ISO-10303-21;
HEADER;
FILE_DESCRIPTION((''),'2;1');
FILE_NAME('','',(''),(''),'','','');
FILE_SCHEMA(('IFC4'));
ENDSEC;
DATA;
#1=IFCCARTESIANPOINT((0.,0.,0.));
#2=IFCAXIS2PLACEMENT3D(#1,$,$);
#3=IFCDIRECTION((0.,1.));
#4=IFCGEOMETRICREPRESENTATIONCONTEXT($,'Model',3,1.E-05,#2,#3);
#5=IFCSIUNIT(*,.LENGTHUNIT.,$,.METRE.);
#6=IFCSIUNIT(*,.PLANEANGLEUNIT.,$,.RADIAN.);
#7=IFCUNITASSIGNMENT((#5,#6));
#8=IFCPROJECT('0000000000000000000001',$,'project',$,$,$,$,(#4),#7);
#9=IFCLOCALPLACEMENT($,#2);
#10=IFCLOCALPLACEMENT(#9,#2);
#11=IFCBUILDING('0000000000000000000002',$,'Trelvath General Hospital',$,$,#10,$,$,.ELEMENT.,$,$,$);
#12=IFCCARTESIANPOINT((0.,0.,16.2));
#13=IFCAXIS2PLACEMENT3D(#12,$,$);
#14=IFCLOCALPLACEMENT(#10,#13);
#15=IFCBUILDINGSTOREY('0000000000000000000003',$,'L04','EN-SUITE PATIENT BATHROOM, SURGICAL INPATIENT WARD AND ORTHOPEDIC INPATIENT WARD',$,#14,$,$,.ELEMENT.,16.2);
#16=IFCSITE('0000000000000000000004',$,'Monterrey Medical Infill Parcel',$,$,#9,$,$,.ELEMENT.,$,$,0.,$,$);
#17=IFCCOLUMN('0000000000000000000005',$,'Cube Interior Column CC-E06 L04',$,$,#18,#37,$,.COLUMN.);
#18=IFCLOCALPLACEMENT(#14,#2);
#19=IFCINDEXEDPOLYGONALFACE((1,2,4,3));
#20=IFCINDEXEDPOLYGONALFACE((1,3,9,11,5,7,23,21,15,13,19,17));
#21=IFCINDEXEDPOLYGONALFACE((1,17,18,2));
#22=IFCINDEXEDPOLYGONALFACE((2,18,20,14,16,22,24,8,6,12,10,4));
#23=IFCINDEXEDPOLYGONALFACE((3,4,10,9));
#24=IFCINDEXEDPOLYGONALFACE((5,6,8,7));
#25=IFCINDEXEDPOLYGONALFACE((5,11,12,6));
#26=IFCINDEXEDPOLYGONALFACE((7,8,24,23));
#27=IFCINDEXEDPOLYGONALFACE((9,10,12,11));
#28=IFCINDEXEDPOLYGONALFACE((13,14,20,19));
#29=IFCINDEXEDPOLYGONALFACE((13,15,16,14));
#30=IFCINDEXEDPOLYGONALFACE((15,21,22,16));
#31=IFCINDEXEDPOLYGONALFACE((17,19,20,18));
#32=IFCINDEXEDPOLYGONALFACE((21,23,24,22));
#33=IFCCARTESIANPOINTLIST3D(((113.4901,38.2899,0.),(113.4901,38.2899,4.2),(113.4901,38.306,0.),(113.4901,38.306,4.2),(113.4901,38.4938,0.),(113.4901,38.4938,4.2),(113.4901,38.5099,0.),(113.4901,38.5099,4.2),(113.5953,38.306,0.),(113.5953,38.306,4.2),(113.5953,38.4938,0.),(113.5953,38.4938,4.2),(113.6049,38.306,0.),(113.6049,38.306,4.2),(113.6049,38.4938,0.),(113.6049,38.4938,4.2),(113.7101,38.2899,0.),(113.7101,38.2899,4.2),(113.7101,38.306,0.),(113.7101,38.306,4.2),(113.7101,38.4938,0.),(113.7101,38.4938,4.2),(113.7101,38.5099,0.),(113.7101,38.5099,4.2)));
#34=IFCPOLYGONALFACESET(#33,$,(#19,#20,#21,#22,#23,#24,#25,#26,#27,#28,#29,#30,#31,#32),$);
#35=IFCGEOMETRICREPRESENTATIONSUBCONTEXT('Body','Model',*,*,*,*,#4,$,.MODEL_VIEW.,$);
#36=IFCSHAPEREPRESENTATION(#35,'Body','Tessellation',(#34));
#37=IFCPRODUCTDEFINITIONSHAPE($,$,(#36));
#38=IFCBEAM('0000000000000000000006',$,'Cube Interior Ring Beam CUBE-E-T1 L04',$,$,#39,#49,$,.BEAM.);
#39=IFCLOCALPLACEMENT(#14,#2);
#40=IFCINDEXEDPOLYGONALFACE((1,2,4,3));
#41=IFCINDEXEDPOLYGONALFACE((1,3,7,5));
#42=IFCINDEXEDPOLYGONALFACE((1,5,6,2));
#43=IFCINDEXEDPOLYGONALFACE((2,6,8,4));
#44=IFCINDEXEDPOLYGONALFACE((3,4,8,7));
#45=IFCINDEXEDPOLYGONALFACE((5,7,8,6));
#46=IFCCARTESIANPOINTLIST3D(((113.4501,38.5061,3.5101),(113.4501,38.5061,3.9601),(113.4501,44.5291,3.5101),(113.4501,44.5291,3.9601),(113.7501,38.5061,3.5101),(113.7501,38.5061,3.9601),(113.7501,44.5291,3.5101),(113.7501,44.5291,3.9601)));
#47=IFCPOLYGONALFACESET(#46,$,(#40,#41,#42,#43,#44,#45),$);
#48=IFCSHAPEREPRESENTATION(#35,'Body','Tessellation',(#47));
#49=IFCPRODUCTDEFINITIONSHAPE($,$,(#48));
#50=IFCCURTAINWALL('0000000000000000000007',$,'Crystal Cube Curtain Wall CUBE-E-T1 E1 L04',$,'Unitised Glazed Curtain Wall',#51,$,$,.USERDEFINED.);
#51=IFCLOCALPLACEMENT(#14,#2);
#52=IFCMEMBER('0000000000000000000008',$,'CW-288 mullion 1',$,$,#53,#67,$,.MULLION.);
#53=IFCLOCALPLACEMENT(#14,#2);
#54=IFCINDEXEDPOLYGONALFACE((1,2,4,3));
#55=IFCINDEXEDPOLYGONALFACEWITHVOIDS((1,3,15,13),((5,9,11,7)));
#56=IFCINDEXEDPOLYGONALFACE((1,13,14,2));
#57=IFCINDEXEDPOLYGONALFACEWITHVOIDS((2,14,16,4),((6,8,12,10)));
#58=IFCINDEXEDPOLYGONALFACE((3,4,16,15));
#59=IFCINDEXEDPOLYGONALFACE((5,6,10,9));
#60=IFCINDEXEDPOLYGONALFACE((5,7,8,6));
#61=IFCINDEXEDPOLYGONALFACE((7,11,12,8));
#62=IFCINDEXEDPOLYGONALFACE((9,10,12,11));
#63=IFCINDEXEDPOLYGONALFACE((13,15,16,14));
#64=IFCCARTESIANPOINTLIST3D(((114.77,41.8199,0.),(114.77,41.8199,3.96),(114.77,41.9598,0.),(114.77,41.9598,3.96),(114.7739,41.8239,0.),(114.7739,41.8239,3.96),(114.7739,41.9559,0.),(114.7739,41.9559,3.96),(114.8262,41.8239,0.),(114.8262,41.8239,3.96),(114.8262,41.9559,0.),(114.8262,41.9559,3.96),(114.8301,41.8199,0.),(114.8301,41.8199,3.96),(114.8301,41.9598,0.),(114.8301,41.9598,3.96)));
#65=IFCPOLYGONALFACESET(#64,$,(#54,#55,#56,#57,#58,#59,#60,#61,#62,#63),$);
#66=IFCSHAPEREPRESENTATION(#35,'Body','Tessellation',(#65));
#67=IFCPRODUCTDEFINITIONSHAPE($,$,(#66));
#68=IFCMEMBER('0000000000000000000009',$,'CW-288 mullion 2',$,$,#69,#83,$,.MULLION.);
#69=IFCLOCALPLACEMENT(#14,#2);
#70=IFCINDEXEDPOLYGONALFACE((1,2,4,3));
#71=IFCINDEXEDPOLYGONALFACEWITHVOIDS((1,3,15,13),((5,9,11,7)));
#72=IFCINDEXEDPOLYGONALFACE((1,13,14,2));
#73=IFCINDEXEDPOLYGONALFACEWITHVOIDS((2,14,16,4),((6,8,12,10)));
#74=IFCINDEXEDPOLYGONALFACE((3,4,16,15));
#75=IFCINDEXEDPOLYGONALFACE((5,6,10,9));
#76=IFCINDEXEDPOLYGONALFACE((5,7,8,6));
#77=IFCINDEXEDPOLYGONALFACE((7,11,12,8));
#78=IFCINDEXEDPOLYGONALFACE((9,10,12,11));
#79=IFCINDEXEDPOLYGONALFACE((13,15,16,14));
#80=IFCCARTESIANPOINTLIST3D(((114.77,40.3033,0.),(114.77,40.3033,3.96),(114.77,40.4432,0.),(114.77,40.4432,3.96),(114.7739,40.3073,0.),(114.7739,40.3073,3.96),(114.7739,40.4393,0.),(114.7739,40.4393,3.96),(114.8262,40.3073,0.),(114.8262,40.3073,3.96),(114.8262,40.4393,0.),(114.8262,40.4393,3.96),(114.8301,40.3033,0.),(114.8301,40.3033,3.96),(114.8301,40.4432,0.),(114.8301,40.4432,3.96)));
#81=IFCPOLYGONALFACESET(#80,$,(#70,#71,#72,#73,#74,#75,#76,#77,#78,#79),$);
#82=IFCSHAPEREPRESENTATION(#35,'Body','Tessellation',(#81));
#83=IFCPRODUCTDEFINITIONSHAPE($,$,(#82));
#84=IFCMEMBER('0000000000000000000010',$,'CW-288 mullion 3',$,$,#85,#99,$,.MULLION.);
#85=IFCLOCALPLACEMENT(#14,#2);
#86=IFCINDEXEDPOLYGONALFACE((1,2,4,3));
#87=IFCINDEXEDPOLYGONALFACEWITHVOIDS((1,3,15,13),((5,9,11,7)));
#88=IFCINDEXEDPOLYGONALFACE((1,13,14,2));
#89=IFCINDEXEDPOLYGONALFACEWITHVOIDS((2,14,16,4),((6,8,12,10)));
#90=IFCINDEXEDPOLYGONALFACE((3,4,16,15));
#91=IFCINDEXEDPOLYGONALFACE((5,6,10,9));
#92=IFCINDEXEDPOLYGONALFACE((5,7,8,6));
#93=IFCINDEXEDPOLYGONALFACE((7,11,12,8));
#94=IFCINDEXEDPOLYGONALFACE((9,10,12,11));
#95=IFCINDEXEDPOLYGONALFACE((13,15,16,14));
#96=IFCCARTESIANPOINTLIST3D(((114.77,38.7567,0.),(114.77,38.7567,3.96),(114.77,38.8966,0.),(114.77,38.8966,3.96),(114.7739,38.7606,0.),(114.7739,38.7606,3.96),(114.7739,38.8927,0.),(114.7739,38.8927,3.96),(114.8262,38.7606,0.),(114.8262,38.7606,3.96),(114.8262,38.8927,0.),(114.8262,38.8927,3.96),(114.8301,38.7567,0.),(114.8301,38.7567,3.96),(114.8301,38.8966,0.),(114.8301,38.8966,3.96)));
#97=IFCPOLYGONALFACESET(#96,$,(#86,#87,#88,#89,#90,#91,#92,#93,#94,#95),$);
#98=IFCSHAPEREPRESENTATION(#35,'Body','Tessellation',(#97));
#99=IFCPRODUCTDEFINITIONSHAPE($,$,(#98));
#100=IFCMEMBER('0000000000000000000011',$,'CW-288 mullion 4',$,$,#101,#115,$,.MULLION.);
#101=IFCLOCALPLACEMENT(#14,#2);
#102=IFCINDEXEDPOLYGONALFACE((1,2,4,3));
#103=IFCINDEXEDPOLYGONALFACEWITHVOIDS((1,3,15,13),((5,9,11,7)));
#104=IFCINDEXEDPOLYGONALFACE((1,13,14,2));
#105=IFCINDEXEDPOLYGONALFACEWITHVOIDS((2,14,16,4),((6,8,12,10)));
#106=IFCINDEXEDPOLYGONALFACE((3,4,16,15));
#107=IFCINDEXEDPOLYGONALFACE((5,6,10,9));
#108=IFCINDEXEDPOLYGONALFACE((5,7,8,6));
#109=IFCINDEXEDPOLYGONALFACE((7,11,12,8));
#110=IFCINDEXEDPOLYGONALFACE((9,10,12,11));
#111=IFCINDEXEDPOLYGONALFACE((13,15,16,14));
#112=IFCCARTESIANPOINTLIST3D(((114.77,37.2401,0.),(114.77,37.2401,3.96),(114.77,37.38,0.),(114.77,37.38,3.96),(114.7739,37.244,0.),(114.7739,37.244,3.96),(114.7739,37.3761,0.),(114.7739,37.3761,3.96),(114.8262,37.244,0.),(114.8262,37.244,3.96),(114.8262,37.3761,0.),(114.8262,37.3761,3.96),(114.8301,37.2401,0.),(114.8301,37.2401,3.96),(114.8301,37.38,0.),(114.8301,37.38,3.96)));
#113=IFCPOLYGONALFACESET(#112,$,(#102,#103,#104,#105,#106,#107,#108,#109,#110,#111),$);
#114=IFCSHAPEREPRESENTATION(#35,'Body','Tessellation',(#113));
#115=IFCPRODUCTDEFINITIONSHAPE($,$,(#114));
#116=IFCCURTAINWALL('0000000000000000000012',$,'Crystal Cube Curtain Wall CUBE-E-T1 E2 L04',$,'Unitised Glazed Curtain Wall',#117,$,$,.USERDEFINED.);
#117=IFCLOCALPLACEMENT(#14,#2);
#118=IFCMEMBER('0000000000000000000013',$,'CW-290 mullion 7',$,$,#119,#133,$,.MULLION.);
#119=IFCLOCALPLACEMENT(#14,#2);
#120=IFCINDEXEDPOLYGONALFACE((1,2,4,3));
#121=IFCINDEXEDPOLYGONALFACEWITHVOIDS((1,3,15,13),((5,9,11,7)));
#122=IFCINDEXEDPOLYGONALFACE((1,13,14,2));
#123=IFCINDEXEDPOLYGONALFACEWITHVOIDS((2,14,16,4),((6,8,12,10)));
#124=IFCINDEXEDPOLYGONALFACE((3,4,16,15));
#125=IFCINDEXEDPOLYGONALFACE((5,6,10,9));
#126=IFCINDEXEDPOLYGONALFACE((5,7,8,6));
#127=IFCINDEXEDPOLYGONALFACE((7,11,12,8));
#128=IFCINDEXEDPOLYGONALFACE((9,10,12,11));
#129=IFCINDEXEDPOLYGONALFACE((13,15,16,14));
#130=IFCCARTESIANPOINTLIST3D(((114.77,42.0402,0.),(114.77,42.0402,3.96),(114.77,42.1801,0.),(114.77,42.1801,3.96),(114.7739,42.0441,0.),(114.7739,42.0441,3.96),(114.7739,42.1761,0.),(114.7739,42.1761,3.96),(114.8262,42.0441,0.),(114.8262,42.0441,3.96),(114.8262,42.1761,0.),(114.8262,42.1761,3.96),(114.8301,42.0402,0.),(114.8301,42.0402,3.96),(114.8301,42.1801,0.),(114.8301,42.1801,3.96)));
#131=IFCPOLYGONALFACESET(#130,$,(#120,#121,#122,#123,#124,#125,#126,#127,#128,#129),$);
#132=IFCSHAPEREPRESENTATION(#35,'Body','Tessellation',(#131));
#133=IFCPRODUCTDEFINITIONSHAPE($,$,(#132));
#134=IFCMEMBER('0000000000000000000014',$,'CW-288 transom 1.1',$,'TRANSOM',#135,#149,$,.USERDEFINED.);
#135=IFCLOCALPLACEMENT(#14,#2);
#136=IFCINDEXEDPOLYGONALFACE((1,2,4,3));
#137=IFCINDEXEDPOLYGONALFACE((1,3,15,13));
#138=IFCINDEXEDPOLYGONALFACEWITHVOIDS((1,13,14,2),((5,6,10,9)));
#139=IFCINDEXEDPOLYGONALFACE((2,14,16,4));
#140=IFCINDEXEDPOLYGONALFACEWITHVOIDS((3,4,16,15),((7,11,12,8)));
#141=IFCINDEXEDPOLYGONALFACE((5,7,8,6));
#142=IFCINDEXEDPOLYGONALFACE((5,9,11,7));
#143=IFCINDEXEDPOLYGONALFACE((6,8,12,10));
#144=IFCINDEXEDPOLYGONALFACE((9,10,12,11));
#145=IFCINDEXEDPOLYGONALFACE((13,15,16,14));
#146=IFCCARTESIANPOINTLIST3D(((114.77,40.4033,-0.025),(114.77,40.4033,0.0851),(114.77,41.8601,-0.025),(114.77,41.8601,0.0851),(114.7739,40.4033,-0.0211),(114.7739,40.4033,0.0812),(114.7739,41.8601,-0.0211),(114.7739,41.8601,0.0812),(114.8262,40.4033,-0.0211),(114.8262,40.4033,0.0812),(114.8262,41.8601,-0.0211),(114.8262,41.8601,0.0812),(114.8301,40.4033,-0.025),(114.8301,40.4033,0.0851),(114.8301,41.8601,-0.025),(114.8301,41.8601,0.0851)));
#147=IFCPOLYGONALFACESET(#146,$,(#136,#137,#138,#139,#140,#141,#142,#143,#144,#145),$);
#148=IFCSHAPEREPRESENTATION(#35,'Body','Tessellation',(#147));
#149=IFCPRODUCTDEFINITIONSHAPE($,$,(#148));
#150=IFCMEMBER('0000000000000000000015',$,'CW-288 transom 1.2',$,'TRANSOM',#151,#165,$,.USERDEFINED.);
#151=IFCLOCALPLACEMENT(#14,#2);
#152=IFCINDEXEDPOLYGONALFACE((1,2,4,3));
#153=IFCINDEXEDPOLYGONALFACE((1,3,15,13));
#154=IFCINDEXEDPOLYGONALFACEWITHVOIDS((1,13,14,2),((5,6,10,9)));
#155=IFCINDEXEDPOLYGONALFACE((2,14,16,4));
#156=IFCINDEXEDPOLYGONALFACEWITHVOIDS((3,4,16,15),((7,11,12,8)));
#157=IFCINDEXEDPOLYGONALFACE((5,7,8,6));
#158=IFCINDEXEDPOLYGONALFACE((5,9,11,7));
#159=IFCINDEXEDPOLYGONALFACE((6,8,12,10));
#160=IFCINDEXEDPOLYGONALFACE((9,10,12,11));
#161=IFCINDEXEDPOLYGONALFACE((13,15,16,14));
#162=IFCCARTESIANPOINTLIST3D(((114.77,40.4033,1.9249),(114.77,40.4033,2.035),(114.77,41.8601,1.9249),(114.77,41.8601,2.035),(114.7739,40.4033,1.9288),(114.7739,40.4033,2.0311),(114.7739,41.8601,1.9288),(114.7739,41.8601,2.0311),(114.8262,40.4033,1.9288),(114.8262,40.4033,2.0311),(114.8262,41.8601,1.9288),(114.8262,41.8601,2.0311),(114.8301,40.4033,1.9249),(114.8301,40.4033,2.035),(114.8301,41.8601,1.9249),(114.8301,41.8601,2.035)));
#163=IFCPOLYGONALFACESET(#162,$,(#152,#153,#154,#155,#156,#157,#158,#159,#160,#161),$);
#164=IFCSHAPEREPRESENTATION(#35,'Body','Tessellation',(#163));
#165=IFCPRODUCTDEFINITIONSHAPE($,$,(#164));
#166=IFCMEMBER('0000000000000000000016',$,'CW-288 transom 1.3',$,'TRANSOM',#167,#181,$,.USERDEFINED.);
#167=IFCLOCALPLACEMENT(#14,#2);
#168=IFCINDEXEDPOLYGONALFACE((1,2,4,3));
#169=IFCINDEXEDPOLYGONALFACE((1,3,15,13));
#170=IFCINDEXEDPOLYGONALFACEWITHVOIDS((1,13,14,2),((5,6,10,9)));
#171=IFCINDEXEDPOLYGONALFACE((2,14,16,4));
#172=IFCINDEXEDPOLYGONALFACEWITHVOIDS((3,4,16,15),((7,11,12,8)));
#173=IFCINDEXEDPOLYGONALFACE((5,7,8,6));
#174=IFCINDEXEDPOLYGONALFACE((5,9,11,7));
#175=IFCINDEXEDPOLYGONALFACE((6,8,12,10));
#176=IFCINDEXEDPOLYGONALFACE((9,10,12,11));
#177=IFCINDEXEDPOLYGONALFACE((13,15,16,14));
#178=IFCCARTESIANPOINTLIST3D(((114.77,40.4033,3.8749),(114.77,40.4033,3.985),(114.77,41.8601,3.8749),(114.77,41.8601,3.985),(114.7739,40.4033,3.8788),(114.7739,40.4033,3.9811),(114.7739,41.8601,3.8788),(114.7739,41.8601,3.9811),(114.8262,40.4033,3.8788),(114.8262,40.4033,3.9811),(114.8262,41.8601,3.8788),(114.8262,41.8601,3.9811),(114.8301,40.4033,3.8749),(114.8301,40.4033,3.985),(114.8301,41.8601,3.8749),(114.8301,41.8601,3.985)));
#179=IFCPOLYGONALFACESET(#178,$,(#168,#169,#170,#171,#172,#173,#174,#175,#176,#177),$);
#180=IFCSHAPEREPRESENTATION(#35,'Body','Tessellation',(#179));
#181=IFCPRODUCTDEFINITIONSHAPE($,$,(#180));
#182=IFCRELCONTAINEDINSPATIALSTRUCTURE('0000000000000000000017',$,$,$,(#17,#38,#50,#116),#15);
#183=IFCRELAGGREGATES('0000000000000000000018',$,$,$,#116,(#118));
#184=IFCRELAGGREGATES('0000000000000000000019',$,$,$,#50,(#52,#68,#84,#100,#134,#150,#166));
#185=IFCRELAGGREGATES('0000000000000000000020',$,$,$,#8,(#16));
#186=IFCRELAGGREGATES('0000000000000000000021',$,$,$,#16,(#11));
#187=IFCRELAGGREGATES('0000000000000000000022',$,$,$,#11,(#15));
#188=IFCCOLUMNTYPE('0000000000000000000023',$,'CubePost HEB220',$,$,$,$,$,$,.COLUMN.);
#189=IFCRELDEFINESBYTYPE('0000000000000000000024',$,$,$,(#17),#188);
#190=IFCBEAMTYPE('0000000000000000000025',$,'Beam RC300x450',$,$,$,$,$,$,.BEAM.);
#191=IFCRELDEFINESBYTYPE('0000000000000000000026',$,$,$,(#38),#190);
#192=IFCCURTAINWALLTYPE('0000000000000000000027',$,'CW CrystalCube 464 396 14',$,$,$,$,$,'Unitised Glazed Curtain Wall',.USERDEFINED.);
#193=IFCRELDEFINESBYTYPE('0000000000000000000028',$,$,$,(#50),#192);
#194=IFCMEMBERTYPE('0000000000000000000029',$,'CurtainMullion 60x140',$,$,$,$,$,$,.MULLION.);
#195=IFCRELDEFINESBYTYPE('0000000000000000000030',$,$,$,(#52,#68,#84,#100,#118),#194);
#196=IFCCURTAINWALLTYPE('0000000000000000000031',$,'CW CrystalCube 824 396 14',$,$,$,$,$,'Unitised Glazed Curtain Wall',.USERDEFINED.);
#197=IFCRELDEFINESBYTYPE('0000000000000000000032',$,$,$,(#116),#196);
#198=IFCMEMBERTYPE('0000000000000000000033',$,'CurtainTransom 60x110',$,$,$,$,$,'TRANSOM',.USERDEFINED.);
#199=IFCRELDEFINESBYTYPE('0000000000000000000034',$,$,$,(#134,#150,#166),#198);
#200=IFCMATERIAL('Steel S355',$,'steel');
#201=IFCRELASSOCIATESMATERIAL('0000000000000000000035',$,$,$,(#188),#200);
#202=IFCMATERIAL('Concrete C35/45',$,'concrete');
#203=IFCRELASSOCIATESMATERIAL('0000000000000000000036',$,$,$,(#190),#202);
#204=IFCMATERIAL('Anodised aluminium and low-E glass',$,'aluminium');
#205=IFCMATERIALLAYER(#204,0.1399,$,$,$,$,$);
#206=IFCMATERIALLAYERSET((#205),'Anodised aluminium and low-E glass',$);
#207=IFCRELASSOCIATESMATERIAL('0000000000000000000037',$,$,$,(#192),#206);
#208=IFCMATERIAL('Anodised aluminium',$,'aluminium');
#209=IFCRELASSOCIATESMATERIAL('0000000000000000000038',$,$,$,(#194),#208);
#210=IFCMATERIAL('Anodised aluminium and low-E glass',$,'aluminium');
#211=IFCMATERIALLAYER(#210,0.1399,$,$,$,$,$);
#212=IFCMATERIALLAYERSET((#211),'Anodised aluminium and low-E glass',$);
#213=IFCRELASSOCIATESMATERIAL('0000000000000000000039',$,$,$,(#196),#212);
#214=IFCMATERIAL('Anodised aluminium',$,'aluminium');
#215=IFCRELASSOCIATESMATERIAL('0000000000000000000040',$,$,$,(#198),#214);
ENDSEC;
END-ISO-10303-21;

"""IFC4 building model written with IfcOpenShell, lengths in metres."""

from ifc_helpers import new_model, si_unit, direction, frame, origin, origin_2d, place, context, subcontext, project, spatial, rectangle, hollow_rectangle, i_section, extrude, material, layer, layer_set, material_profile, profile_set, type_object, element, aggregate, save


model = new_model("IFC4")

# Units and contexts
model_context = context("Model", 3, precision=1e-05, world=origin(), true_north=direction((0.0, 1.0)))
body_context = subcontext(model_context, "Body", "Model", "MODEL_VIEW")
ifc_project = project(units=[si_unit("LENGTHUNIT", "METRE"), si_unit("PLANEANGLEUNIT", "RADIAN")], contexts=[model_context])

# Site, building, storey
site_placement = place(None, origin())
site = spatial("IfcSite", under=ifc_project, at=site_placement, Name="Monterrey Medical Infill Parcel", CompositionType="ELEMENT", RefElevation=0.0)
building_placement = place(site_placement, origin())
building = spatial("IfcBuilding", under=site, at=building_placement, Name="Trelvath General Hospital", CompositionType="ELEMENT")
storey_placement = place(building_placement, frame((0.0, 0.0, 16.2)))
storey = spatial("IfcBuildingStorey", under=building, at=storey_placement, Name="L04", Description="EN-SUITE PATIENT BATHROOM, SURGICAL INPATIENT WARD AND ORTHOPEDIC INPATIENT WARD", CompositionType="ELEMENT", Elevation=16.2)

# Column
ifc_material_1 = material(Name="Steel S355", Category="steel")
ifc_material_profile_1 = material_profile(ifc_material_1, i_section(OverallWidth=0.22, OverallDepth=0.22, WebThickness=0.0095, FlangeThickness=0.0161, at=origin_2d()), Name="HEB220")
ifc_profile_set_1 = profile_set([ifc_material_profile_1], Name="Steel S355")
column_type = type_object("IfcColumnType", Name="CubePost HEB220", PredefinedType="COLUMN", material=ifc_profile_set_1)
column_placement = place(storey_placement, frame((113.6001, 38.3999, 0.0), z_axis=(0.0, 0.0, 1.0), x_axis=(1.0, 0.0, 0.0)))
element("IfcColumn", 1, at=column_placement, inside=storey, type_object=column_type, Name="Cube Interior Column CC-E06 L04", PredefinedType="COLUMN", context=body_context, shape_type="SweptSolid", body=[
    extrude(i_section(OverallWidth=0.22, OverallDepth=0.22, WebThickness=0.0095, FlangeThickness=0.0161, at=origin_2d()), origin(), (0.0, 0.0, 1.0), 4.2),
])

# Beam
ifc_material_2 = material(Name="Concrete C35/45", Category="concrete")
ifc_material_profile_2 = material_profile(ifc_material_2, rectangle(XDim=0.3, YDim=0.45, at=origin_2d()), Name="RCB300x450")
ifc_profile_set_2 = profile_set([ifc_material_profile_2], Name="Concrete C35/45")
beam_type = type_object("IfcBeamType", Name="Beam RC300x450", PredefinedType="BEAM", material=ifc_profile_set_2)
beam_placement = place(storey_placement, frame((113.6001, 38.5061, 3.7351), z_axis=(0.0, 1.0, 0.0), x_axis=(-1.0, 0.0, 0.0)))
element("IfcBeam", 2, at=beam_placement, inside=storey, type_object=beam_type, Name="Cube Interior Ring Beam CUBE-E-T1 L04", PredefinedType="BEAM", context=body_context, shape_type="SweptSolid", body=[
    extrude(rectangle(XDim=0.3, YDim=0.45, at=origin_2d()), origin(), (0.0, 0.0, 1.0), 6.0229),
])

# Curtain wall, members
ifc_material_3 = material(Name="Anodised aluminium and low-E glass", Category="aluminium")
ifc_layer_1 = layer(ifc_material_3, 0.1399)
ifc_layer_set_1 = layer_set([ifc_layer_1], Name="Anodised aluminium and low-E glass")
curtain_wall_type_1 = type_object("IfcCurtainWallType", Name="CW CrystalCube 464 396 14", ElementType="Unitised Glazed Curtain Wall", PredefinedType="USERDEFINED", material=ifc_layer_set_1)
curtain_wall_1_placement = place(storey_placement, origin())
curtain_wall_1 = element("IfcCurtainWall", 3, at=curtain_wall_1_placement, inside=storey, type_object=curtain_wall_type_1, Name="Crystal Cube Curtain Wall CUBE-E-T1 E1 L04", ObjectType="Unitised Glazed Curtain Wall", PredefinedType="USERDEFINED")
ifc_material_4 = material(Name="Anodised aluminium", Category="aluminium")
ifc_material_profile_3 = material_profile(ifc_material_4, hollow_rectangle(XDim=0.0601, YDim=0.1399, WallThickness=0.0039, at=origin_2d()), Name="RHS60x140x4")
ifc_profile_set_3 = profile_set([ifc_material_profile_3], Name="Anodised aluminium")
member_type_1 = type_object("IfcMemberType", Name="CurtainMullion 60x140", PredefinedType="MULLION", material=ifc_profile_set_3)
member_1_placement = place(storey_placement, frame((114.8, 41.8899, 0.0), z_axis=(0.0, 0.0, 1.0), x_axis=(1.0, 0.0, 0.0)))
member_1 = element("IfcMember", 4, at=member_1_placement, type_object=member_type_1, Name="CW-288 mullion 1", PredefinedType="MULLION", context=body_context, shape_type="SweptSolid", body=[
    extrude(hollow_rectangle(XDim=0.0601, YDim=0.1399, WallThickness=0.0039, at=origin_2d()), origin(), (0.0, 0.0, 1.0), 3.96),
])
member_2_placement = place(storey_placement, frame((114.8, 40.3733, 0.0), z_axis=(0.0, 0.0, 1.0), x_axis=(1.0, 0.0, 0.0)))
member_2 = element("IfcMember", 5, at=member_2_placement, type_object=member_type_1, Name="CW-288 mullion 2", PredefinedType="MULLION", context=body_context, shape_type="SweptSolid", body=[
    extrude(hollow_rectangle(XDim=0.0601, YDim=0.1399, WallThickness=0.0039, at=origin_2d()), origin(), (0.0, 0.0, 1.0), 3.96),
])
member_3_placement = place(storey_placement, frame((114.8, 38.8267, 0.0), z_axis=(0.0, 0.0, 1.0), x_axis=(1.0, 0.0, 0.0)))
member_3 = element("IfcMember", 6, at=member_3_placement, type_object=member_type_1, Name="CW-288 mullion 3", PredefinedType="MULLION", context=body_context, shape_type="SweptSolid", body=[
    extrude(hollow_rectangle(XDim=0.0601, YDim=0.1399, WallThickness=0.0039, at=origin_2d()), origin(), (0.0, 0.0, 1.0), 3.96),
])
member_4_placement = place(storey_placement, frame((114.8, 37.3101, 0.0), z_axis=(0.0, 0.0, 1.0), x_axis=(1.0, 0.0, 0.0)))
member_4 = element("IfcMember", 7, at=member_4_placement, type_object=member_type_1, Name="CW-288 mullion 4", PredefinedType="MULLION", context=body_context, shape_type="SweptSolid", body=[
    extrude(hollow_rectangle(XDim=0.0601, YDim=0.1399, WallThickness=0.0039, at=origin_2d()), origin(), (0.0, 0.0, 1.0), 3.96),
])

# Curtain wall, member
ifc_material_5 = material(Name="Anodised aluminium and low-E glass", Category="aluminium")
ifc_layer_2 = layer(ifc_material_5, 0.1399)
ifc_layer_set_2 = layer_set([ifc_layer_2], Name="Anodised aluminium and low-E glass")
curtain_wall_type_2 = type_object("IfcCurtainWallType", Name="CW CrystalCube 824 396 14", ElementType="Unitised Glazed Curtain Wall", PredefinedType="USERDEFINED", material=ifc_layer_set_2)
curtain_wall_2_placement = place(storey_placement, origin())
curtain_wall_2 = element("IfcCurtainWall", 8, at=curtain_wall_2_placement, inside=storey, type_object=curtain_wall_type_2, Name="Crystal Cube Curtain Wall CUBE-E-T1 E2 L04", ObjectType="Unitised Glazed Curtain Wall", PredefinedType="USERDEFINED")
member_5_placement = place(storey_placement, frame((114.8, 42.1101, 0.0), z_axis=(0.0, 0.0, 1.0), x_axis=(1.0, 0.0, 0.0)))
member_5 = element("IfcMember", 9, at=member_5_placement, type_object=member_type_1, Name="CW-290 mullion 7", PredefinedType="MULLION", context=body_context, shape_type="SweptSolid", body=[
    extrude(hollow_rectangle(XDim=0.0601, YDim=0.1399, WallThickness=0.0039, at=origin_2d()), origin(), (0.0, 0.0, 1.0), 3.96),
])
aggregate(curtain_wall_2, [member_5])

# Members
ifc_material_6 = material(Name="Anodised aluminium", Category="aluminium")
ifc_material_profile_4 = material_profile(ifc_material_6, hollow_rectangle(XDim=0.0601, YDim=0.1101, WallThickness=0.0039, at=origin_2d()), Name="RHS60x110x4")
ifc_profile_set_4 = profile_set([ifc_material_profile_4], Name="Anodised aluminium")
member_type_2 = type_object("IfcMemberType", Name="CurtainTransom 60x110", ElementType="TRANSOM", PredefinedType="USERDEFINED", material=ifc_profile_set_4)
member_6_placement = place(storey_placement, frame((114.8, 41.8601, 0.03), z_axis=(0.0, -1.0, 0.0), x_axis=(1.0, 0.0, 0.0)))
member_6 = element("IfcMember", 10, at=member_6_placement, type_object=member_type_2, Name="CW-288 transom 1.1", ObjectType="TRANSOM", PredefinedType="USERDEFINED", context=body_context, shape_type="SweptSolid", body=[
    extrude(hollow_rectangle(XDim=0.0601, YDim=0.1101, WallThickness=0.0039, at=origin_2d()), origin(), (0.0, 0.0, 1.0), 1.4568),
])
member_7_placement = place(storey_placement, frame((114.8, 41.8601, 1.98), z_axis=(0.0, -1.0, 0.0), x_axis=(1.0, 0.0, 0.0)))
member_7 = element("IfcMember", 11, at=member_7_placement, type_object=member_type_2, Name="CW-288 transom 1.2", ObjectType="TRANSOM", PredefinedType="USERDEFINED", context=body_context, shape_type="SweptSolid", body=[
    extrude(hollow_rectangle(XDim=0.0601, YDim=0.1101, WallThickness=0.0039, at=origin_2d()), origin(), (0.0, 0.0, 1.0), 1.4568),
])
member_8_placement = place(storey_placement, frame((114.8, 41.8601, 3.9299), z_axis=(0.0, -1.0, 0.0), x_axis=(1.0, 0.0, 0.0)))
member_8 = element("IfcMember", 12, at=member_8_placement, type_object=member_type_2, Name="CW-288 transom 1.3", ObjectType="TRANSOM", PredefinedType="USERDEFINED", context=body_context, shape_type="SweptSolid", body=[
    extrude(hollow_rectangle(XDim=0.0601, YDim=0.1101, WallThickness=0.0039, at=origin_2d()), origin(), (0.0, 0.0, 1.0), 1.4568),
])

aggregate(curtain_wall_1, [member_1, member_2, member_3, member_4, member_6, member_7, member_8])

save(model, "model.ifc")
